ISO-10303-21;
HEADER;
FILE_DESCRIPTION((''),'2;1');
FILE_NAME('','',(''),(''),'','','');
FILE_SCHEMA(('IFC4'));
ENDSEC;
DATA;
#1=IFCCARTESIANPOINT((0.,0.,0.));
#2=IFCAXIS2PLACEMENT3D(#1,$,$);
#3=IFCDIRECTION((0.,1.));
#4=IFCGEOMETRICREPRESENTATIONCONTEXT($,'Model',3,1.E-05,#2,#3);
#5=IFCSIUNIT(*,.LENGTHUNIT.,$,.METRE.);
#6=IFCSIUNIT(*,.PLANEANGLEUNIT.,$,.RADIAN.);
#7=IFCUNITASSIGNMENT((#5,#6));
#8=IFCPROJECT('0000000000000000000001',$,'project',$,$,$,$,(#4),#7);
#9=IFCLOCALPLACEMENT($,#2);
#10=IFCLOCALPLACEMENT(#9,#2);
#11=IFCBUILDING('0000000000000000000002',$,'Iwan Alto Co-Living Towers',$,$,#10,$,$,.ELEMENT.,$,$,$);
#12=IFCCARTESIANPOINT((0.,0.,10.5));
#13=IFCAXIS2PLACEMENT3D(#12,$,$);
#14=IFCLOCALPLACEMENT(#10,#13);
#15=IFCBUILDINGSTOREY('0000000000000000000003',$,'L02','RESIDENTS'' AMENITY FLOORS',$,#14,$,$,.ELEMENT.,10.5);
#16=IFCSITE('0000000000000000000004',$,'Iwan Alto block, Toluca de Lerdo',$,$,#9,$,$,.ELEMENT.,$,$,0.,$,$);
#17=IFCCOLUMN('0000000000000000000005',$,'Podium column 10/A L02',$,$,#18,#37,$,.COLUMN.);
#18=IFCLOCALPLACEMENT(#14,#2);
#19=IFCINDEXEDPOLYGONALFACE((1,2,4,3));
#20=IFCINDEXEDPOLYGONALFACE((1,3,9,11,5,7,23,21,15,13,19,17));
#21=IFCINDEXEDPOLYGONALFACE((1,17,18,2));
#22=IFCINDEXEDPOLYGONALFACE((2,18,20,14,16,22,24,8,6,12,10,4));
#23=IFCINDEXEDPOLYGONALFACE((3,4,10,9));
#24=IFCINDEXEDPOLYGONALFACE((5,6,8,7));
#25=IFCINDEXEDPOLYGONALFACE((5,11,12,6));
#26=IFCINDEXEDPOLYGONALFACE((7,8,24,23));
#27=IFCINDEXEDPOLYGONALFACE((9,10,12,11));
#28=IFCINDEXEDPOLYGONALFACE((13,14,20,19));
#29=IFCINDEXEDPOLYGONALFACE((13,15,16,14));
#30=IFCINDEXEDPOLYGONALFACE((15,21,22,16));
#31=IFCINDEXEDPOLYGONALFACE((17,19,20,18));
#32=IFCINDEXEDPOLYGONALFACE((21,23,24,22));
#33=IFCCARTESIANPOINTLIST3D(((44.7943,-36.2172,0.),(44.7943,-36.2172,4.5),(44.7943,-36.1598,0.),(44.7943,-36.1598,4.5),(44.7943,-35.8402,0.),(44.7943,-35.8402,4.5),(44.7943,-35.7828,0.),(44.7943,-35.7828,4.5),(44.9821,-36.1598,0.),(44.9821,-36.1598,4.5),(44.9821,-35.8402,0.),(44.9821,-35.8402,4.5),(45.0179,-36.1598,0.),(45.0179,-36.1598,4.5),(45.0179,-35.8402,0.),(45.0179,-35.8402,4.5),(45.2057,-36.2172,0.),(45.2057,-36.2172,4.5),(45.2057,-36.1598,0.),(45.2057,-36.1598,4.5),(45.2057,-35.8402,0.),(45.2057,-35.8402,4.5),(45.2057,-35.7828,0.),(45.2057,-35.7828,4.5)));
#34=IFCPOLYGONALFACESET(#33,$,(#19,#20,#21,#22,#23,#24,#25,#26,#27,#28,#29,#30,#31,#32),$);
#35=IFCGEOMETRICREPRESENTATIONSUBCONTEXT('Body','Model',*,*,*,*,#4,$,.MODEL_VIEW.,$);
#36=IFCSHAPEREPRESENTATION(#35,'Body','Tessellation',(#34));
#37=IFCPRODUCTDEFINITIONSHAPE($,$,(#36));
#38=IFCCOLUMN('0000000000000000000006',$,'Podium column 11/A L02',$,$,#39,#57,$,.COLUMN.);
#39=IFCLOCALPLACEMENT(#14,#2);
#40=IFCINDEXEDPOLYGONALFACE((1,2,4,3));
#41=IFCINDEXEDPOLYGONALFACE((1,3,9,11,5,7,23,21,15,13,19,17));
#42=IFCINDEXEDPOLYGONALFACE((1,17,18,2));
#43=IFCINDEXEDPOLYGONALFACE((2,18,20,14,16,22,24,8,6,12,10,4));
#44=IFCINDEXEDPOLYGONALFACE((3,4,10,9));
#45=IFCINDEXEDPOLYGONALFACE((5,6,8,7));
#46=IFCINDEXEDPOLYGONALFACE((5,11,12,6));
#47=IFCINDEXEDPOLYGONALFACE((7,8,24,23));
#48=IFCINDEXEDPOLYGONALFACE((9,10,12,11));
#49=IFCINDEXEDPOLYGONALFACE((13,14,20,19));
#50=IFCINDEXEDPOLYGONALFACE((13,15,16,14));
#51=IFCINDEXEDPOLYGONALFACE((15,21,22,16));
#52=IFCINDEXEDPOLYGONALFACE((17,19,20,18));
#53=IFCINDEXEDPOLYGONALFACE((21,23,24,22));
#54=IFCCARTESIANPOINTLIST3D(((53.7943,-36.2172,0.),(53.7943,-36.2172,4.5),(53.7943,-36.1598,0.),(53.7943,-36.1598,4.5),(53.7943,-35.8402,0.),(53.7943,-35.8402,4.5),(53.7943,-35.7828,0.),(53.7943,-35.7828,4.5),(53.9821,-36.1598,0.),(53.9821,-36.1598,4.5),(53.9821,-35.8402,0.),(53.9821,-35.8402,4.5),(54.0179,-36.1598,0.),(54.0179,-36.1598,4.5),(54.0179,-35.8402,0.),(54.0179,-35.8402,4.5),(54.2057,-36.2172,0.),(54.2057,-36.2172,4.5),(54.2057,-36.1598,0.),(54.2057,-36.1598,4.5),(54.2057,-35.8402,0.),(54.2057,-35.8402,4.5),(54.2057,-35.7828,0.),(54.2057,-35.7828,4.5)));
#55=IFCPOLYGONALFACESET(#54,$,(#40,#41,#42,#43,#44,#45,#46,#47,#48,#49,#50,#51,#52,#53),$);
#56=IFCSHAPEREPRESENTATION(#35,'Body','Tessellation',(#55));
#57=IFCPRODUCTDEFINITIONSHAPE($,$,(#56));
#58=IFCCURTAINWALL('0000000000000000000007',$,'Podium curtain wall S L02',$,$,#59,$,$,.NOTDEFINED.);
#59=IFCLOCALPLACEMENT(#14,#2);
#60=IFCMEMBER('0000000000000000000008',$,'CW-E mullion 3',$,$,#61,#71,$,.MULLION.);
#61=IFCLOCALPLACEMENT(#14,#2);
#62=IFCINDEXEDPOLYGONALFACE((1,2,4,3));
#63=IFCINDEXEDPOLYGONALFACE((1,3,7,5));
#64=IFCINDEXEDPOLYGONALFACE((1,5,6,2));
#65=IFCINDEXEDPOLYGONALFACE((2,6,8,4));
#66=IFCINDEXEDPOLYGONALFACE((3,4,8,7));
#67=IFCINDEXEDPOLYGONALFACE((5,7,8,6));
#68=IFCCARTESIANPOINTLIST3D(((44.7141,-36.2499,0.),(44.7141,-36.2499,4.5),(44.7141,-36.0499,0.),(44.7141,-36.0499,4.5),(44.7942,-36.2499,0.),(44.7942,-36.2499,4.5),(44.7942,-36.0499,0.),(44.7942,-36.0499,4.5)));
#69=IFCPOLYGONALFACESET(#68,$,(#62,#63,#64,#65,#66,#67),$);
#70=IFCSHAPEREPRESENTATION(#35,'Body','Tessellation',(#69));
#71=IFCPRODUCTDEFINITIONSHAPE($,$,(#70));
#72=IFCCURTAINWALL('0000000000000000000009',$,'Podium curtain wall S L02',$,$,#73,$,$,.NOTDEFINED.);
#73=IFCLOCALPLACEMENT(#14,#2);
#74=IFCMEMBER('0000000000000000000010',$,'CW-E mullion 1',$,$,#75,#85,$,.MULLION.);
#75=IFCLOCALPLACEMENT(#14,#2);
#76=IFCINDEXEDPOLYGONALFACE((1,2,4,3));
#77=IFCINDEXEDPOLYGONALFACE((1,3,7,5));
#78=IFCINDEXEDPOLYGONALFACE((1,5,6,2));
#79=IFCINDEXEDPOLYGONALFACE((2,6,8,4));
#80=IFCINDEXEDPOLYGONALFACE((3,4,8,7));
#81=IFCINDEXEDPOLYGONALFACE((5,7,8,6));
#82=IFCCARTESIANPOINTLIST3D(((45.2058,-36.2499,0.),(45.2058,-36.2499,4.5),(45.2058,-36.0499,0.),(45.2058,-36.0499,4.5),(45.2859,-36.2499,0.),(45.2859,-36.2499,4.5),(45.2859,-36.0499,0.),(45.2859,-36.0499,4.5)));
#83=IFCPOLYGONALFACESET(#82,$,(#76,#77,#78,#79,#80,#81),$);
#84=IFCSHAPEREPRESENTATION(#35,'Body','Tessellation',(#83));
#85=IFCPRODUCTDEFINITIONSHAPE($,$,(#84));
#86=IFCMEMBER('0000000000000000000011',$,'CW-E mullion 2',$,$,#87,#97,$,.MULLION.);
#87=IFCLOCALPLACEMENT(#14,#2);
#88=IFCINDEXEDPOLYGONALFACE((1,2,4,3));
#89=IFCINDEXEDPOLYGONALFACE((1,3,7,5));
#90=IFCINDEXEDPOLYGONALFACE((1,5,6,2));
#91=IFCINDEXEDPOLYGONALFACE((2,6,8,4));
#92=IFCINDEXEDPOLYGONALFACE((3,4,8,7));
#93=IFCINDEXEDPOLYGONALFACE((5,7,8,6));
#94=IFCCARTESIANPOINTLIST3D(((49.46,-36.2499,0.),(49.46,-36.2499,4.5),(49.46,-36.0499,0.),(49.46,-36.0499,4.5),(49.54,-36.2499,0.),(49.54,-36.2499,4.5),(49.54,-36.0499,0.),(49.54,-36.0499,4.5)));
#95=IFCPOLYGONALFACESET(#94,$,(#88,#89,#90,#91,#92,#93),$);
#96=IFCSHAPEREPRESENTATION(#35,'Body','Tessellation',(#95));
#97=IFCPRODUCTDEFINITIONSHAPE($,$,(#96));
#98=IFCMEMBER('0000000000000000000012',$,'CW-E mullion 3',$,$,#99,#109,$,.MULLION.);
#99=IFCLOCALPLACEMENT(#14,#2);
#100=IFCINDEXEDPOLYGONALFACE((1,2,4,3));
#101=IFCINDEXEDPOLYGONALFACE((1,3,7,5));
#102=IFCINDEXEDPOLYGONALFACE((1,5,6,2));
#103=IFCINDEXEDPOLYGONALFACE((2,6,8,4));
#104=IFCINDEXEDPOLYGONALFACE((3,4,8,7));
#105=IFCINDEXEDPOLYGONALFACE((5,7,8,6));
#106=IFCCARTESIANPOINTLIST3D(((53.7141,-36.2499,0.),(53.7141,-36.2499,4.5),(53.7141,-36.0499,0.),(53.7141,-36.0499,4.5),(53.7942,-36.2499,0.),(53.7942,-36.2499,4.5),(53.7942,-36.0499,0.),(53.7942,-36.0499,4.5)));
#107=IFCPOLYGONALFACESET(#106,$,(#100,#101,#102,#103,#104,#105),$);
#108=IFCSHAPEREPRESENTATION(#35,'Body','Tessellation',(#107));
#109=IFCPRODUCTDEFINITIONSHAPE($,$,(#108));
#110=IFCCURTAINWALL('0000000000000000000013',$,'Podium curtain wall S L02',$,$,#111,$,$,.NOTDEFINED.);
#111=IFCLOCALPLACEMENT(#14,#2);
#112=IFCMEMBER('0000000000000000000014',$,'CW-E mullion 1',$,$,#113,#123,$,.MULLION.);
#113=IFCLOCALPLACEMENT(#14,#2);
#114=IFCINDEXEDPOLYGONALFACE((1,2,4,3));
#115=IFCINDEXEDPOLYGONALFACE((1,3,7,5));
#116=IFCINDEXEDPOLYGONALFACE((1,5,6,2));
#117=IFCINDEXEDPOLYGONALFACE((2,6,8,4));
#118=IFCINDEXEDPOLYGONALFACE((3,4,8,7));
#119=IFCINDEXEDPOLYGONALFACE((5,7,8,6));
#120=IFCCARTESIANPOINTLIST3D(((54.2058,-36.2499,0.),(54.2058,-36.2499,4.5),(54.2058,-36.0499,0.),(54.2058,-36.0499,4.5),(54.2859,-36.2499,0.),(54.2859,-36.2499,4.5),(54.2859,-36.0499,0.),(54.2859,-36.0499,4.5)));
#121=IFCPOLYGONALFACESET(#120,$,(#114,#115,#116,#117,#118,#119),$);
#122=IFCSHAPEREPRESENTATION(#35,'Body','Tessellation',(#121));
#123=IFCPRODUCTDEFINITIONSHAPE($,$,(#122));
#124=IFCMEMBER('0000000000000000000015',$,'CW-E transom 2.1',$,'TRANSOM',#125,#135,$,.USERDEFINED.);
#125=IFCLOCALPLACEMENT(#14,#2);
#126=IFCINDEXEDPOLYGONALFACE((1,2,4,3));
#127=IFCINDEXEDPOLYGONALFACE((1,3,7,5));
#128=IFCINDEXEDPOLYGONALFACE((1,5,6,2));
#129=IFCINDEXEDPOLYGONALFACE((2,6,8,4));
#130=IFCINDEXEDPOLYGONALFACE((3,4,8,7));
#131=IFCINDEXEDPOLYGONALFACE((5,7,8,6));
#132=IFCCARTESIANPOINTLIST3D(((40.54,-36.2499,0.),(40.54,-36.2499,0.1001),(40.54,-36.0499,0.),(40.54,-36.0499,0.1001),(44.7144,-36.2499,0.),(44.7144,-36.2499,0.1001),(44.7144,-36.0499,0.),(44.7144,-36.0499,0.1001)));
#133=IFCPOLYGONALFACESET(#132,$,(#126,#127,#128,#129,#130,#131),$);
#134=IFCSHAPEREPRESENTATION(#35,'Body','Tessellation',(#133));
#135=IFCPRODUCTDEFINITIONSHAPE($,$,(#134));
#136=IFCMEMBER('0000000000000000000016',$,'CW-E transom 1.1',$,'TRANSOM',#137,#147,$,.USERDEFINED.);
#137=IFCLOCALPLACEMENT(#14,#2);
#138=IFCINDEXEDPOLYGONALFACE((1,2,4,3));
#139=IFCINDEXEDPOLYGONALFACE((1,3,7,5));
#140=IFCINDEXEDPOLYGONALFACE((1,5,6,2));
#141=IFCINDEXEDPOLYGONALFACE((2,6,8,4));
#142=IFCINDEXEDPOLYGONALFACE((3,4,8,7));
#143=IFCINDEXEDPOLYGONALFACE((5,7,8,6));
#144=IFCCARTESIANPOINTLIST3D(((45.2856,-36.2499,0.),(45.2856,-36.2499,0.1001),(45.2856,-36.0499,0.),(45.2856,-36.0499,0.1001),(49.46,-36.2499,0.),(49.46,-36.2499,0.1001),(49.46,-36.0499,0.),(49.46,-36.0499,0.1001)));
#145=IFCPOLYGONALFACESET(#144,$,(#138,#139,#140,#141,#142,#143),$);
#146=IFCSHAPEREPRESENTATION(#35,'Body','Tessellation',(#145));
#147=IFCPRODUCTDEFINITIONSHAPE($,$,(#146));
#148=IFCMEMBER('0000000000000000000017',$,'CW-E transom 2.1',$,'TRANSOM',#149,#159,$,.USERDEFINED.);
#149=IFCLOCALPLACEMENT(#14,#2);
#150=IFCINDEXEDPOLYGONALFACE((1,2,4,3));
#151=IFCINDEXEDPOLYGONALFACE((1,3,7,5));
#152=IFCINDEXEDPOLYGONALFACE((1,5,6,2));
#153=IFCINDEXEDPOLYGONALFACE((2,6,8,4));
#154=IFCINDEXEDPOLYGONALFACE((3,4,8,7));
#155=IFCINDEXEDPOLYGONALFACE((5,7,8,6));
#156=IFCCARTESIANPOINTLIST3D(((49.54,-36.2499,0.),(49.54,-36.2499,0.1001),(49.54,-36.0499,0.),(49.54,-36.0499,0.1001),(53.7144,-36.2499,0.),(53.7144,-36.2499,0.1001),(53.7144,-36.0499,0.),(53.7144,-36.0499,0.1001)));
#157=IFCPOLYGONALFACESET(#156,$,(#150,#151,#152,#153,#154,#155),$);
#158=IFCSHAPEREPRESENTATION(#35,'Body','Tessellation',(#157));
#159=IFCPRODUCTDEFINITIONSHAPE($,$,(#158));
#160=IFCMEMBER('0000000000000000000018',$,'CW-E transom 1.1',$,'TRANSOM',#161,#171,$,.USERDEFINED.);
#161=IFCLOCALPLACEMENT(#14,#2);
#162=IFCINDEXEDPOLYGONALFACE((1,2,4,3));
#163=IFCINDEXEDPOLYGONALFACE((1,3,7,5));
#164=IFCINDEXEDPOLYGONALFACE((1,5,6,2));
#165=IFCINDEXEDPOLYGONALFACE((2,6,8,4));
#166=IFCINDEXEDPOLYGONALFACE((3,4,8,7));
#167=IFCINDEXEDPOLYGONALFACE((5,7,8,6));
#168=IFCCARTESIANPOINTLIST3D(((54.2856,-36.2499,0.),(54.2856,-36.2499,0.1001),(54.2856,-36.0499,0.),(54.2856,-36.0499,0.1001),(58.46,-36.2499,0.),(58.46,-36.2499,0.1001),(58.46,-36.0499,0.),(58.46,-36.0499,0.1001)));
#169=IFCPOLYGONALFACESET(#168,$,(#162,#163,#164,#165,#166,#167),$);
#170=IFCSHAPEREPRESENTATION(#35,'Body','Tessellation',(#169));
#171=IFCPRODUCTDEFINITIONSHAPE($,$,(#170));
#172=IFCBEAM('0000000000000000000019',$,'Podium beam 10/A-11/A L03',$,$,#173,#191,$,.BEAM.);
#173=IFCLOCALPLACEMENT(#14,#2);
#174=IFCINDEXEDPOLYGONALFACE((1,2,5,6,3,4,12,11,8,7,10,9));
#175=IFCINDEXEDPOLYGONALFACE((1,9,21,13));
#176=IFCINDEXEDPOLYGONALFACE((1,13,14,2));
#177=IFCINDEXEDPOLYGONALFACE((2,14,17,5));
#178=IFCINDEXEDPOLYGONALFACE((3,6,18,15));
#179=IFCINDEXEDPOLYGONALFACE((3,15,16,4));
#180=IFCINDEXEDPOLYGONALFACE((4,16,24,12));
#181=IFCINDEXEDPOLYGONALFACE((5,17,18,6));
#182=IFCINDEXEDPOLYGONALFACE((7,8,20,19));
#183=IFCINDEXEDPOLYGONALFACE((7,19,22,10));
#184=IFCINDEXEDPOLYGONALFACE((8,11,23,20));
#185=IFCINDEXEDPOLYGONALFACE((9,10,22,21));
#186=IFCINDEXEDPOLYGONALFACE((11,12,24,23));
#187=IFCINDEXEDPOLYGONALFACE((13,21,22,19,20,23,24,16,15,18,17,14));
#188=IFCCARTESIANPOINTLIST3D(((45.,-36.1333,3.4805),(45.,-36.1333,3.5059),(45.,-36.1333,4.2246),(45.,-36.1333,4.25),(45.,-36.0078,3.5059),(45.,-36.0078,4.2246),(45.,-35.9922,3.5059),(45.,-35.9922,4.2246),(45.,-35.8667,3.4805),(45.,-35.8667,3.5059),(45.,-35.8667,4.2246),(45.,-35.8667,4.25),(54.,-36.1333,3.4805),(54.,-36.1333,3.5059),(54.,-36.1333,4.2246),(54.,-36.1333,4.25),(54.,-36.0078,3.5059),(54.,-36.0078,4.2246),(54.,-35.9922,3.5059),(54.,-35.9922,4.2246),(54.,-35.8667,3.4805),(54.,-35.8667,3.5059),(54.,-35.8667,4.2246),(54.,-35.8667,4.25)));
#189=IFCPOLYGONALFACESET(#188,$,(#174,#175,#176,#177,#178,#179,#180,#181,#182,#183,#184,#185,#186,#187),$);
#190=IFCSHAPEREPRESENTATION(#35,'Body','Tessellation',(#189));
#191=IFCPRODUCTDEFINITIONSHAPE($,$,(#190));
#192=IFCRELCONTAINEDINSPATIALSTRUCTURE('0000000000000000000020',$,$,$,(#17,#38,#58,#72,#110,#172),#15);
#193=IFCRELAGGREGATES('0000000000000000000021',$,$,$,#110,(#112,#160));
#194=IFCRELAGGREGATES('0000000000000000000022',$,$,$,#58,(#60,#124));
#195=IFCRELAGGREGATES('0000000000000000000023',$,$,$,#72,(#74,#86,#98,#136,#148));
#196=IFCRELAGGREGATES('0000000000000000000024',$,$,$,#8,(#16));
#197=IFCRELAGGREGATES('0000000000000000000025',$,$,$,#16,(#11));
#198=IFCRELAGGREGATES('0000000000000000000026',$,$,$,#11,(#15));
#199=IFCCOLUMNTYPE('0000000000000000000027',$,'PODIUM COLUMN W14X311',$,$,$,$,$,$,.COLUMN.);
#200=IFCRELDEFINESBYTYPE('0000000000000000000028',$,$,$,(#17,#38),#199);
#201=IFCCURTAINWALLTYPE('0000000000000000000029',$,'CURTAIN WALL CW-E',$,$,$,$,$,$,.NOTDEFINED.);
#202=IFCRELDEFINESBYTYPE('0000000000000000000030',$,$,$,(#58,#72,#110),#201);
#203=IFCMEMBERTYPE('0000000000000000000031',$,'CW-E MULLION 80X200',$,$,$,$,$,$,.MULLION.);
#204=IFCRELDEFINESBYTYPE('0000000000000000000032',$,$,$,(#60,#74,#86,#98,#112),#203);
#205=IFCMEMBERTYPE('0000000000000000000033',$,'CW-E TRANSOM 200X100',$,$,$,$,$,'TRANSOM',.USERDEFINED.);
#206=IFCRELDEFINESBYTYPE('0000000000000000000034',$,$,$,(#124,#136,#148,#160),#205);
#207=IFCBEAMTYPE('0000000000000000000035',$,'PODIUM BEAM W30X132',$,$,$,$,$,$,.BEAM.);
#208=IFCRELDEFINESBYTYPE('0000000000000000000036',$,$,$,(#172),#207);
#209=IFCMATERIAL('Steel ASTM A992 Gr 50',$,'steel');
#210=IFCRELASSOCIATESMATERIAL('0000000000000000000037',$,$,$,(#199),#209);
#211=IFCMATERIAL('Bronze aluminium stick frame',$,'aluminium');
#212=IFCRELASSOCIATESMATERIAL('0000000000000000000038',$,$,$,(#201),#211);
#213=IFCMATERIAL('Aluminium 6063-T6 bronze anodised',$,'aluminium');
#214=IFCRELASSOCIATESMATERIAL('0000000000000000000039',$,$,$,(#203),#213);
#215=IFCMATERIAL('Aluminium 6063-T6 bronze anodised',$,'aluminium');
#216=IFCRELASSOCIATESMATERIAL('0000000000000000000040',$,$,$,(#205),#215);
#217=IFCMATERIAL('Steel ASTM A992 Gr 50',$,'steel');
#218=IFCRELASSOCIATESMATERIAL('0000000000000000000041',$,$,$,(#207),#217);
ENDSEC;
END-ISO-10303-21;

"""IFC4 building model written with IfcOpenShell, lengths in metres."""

from ifc_helpers import new_model, si_unit, direction, frame, origin, origin_2d, place, context, subcontext, project, spatial, rectangle, i_section, extrude, material, material_profile, profile_set, type_object, element, aggregate, save


model = new_model("IFC4")

# Units and contexts
model_context = context("Model", 3, precision=1e-05, world=origin(), true_north=direction((0.0, 1.0)))
body_context = subcontext(model_context, "Body", "Model", "MODEL_VIEW")
ifc_project = project(units=[si_unit("LENGTHUNIT", "METRE"), si_unit("PLANEANGLEUNIT", "RADIAN")], contexts=[model_context])

# Site, building, storey
site_placement = place(None, origin())
site = spatial("IfcSite", under=ifc_project, at=site_placement, Name="Iwan Alto block, Toluca de Lerdo", CompositionType="ELEMENT", RefElevation=0.0)
building_placement = place(site_placement, origin())
building = spatial("IfcBuilding", under=site, at=building_placement, Name="Iwan Alto Co-Living Towers", CompositionType="ELEMENT")
storey_placement = place(building_placement, frame((0.0, 0.0, 10.5)))
storey = spatial("IfcBuildingStorey", under=building, at=storey_placement, Name="L02", Description="RESIDENTS' AMENITY FLOORS", CompositionType="ELEMENT", Elevation=10.5)

# Columns
ifc_material_1 = material(Name="Steel ASTM A992 Gr 50", Category="steel")
ifc_material_profile_1 = material_profile(ifc_material_1, i_section(OverallWidth=0.4114, OverallDepth=0.4343, WebThickness=0.0359, FlangeThickness=0.0574, at=origin_2d()), Name="W14X311")
ifc_profile_set_1 = profile_set([ifc_material_profile_1], Name="Steel ASTM A992 Gr 50")
column_type = type_object("IfcColumnType", Name="PODIUM COLUMN W14X311", PredefinedType="COLUMN", material=ifc_profile_set_1)
for number, where, z_axis, x_axis, name in (
    (1, (45.0, -36.0, 0.0), (0.0, 0.0, 1.0), (1.0, 0.0, 0.0), "Podium column 10/A L02"),
    (2, (54.0, -36.0, 0.0), (0.0, 0.0, 1.0), (1.0, 0.0, 0.0), "Podium column 11/A L02"),
):
    element("IfcColumn", number, at=place(storey_placement, frame(where, z_axis=z_axis, x_axis=x_axis)), inside=storey, type_object=column_type, Name=name, PredefinedType="COLUMN", context=body_context, shape_type="SweptSolid", body=[
        extrude(i_section(OverallWidth=0.4114, OverallDepth=0.4343, WebThickness=0.0359, FlangeThickness=0.0574, at=origin_2d()), origin(), (0.0, 0.0, 1.0), 4.5),
    ])

# Curtain wall, member
ifc_material_2 = material(Name="Bronze aluminium stick frame", Category="aluminium")
curtain_wall_type = type_object("IfcCurtainWallType", Name="CURTAIN WALL CW-E", PredefinedType="NOTDEFINED", material=ifc_material_2)
curtain_wall_1_placement = place(storey_placement, origin())
curtain_wall_1 = element("IfcCurtainWall", 3, at=curtain_wall_1_placement, inside=storey, type_object=curtain_wall_type, Name="Podium curtain wall S L02", PredefinedType="NOTDEFINED")
ifc_material_3 = material(Name="Aluminium 6063-T6 bronze anodised", Category="aluminium")
ifc_material_profile_2 = material_profile(ifc_material_3, rectangle(XDim=0.2, YDim=0.0801, at=origin_2d()), Name="AL 80X200")
ifc_profile_set_2 = profile_set([ifc_material_profile_2], Name="Aluminium 6063-T6 bronze anodised")
member_type_1 = type_object("IfcMemberType", Name="CW-E MULLION 80X200", PredefinedType="MULLION", material=ifc_profile_set_2)
member_1_placement = place(storey_placement, frame((44.7542, -36.1499, 0.0), z_axis=(0.0, 0.0, 1.0), x_axis=(0.0, 1.0, 0.0)))
member_1 = element("IfcMember", 4, at=member_1_placement, type_object=member_type_1, Name="CW-E mullion 3", PredefinedType="MULLION", context=body_context, shape_type="SweptSolid", body=[
    extrude(rectangle(XDim=0.2, YDim=0.0801, at=origin_2d()), origin(), (0.0, 0.0, 1.0), 4.5),
])

# Curtain wall, members
curtain_wall_2_placement = place(storey_placement, origin())
curtain_wall_2 = element("IfcCurtainWall", 5, at=curtain_wall_2_placement, inside=storey, type_object=curtain_wall_type, Name="Podium curtain wall S L02", PredefinedType="NOTDEFINED")
member_2_placement = place(storey_placement, frame((45.2458, -36.1499, 0.0), z_axis=(0.0, 0.0, 1.0), x_axis=(0.0, 1.0, 0.0)))
member_2 = element("IfcMember", 6, at=member_2_placement, type_object=member_type_1, Name="CW-E mullion 1", PredefinedType="MULLION", context=body_context, shape_type="SweptSolid", body=[
    extrude(rectangle(XDim=0.2, YDim=0.0801, at=origin_2d()), origin(), (0.0, 0.0, 1.0), 4.5),
])
member_3_placement = place(storey_placement, frame((49.5, -36.1499, 0.0), z_axis=(0.0, 0.0, 1.0), x_axis=(0.0, 1.0, 0.0)))
member_3 = element("IfcMember", 7, at=member_3_placement, type_object=member_type_1, Name="CW-E mullion 2", PredefinedType="MULLION", context=body_context, shape_type="SweptSolid", body=[
    extrude(rectangle(XDim=0.2, YDim=0.0801, at=origin_2d()), origin(), (0.0, 0.0, 1.0), 4.5),
])
member_4_placement = place(storey_placement, frame((53.7542, -36.1499, 0.0), z_axis=(0.0, 0.0, 1.0), x_axis=(0.0, 1.0, 0.0)))
member_4 = element("IfcMember", 8, at=member_4_placement, type_object=member_type_1, Name="CW-E mullion 3", PredefinedType="MULLION", context=body_context, shape_type="SweptSolid", body=[
    extrude(rectangle(XDim=0.2, YDim=0.0801, at=origin_2d()), origin(), (0.0, 0.0, 1.0), 4.5),
])

# Curtain wall, member
curtain_wall_3_placement = place(storey_placement, origin())
curtain_wall_3 = element("IfcCurtainWall", 9, at=curtain_wall_3_placement, inside=storey, type_object=curtain_wall_type, Name="Podium curtain wall S L02", PredefinedType="NOTDEFINED")
member_5_placement = place(storey_placement, frame((54.2458, -36.1499, 0.0), z_axis=(0.0, 0.0, 1.0), x_axis=(0.0, 1.0, 0.0)))
member_5 = element("IfcMember", 10, at=member_5_placement, type_object=member_type_1, Name="CW-E mullion 1", PredefinedType="MULLION", context=body_context, shape_type="SweptSolid", body=[
    extrude(rectangle(XDim=0.2, YDim=0.0801, at=origin_2d()), origin(), (0.0, 0.0, 1.0), 4.5),
])

# Members
ifc_material_4 = material(Name="Aluminium 6063-T6 bronze anodised", Category="aluminium")
ifc_material_profile_3 = material_profile(ifc_material_4, rectangle(XDim=0.2, YDim=0.1001, at=origin_2d()), Name="AL 200X100")
ifc_profile_set_3 = profile_set([ifc_material_profile_3], Name="Aluminium 6063-T6 bronze anodised")
member_type_2 = type_object("IfcMemberType", Name="CW-E TRANSOM 200X100", ElementType="TRANSOM", PredefinedType="USERDEFINED", material=ifc_profile_set_3)
member_6_placement = place(storey_placement, frame((40.54, -36.1499, 0.05), z_axis=(1.0, 0.0, 0.0), x_axis=(0.0, 1.0, 0.0)))
member_6 = element("IfcMember", 11, at=member_6_placement, type_object=member_type_2, Name="CW-E transom 2.1", ObjectType="TRANSOM", PredefinedType="USERDEFINED", context=body_context, shape_type="SweptSolid", body=[
    extrude(rectangle(XDim=0.2, YDim=0.1001, at=origin_2d()), origin(), (0.0, 0.0, 1.0), 4.1743),
])
member_7_placement = place(storey_placement, frame((45.2856, -36.1499, 0.05), z_axis=(1.0, 0.0, 0.0), x_axis=(0.0, 1.0, 0.0)))
member_7 = element("IfcMember", 12, at=member_7_placement, type_object=member_type_2, Name="CW-E transom 1.1", ObjectType="TRANSOM", PredefinedType="USERDEFINED", context=body_context, shape_type="SweptSolid", body=[
    extrude(rectangle(XDim=0.2, YDim=0.1001, at=origin_2d()), origin(), (0.0, 0.0, 1.0), 4.1743),
])
member_8_placement = place(storey_placement, frame((49.54, -36.1499, 0.05), z_axis=(1.0, 0.0, 0.0), x_axis=(0.0, 1.0, 0.0)))
member_8 = element("IfcMember", 13, at=member_8_placement, type_object=member_type_2, Name="CW-E transom 2.1", ObjectType="TRANSOM", PredefinedType="USERDEFINED", context=body_context, shape_type="SweptSolid", body=[
    extrude(rectangle(XDim=0.2, YDim=0.1001, at=origin_2d()), origin(), (0.0, 0.0, 1.0), 4.1743),
])
member_9_placement = place(storey_placement, frame((54.2856, -36.1499, 0.05), z_axis=(1.0, 0.0, 0.0), x_axis=(0.0, 1.0, 0.0)))
member_9 = element("IfcMember", 14, at=member_9_placement, type_object=member_type_2, Name="CW-E transom 1.1", ObjectType="TRANSOM", PredefinedType="USERDEFINED", context=body_context, shape_type="SweptSolid", body=[
    extrude(rectangle(XDim=0.2, YDim=0.1001, at=origin_2d()), origin(), (0.0, 0.0, 1.0), 4.1743),
])
aggregate(curtain_wall_3, [member_5, member_9])

# Beam
ifc_material_5 = material(Name="Steel ASTM A992 Gr 50", Category="steel")
ifc_material_profile_4 = material_profile(ifc_material_5, i_section(OverallWidth=0.2666, OverallDepth=0.7695, WebThickness=0.0156, FlangeThickness=0.0254, at=origin_2d()), Name="W30X132")
ifc_profile_set_4 = profile_set([ifc_material_profile_4], Name="Steel ASTM A992 Gr 50")
beam_type_1 = type_object("IfcBeamType", Name="PODIUM BEAM W30X132", PredefinedType="BEAM", material=ifc_profile_set_4)
for number, where, z_axis, x_axis, name in (
    (15, (45.0, -36.0, 3.8652), (1.0, 0.0, 0.0), (0.0, 1.0, 0.0), "Podium beam 10/A-11/A L03"),
):
    element("IfcBeam", number, at=place(storey_placement, frame(where, z_axis=z_axis, x_axis=x_axis)), inside=storey, type_object=beam_type_1, Name=name, PredefinedType="BEAM", context=body_context, shape_type="SweptSolid", body=[
        extrude(i_section(OverallWidth=0.2666, OverallDepth=0.7695, WebThickness=0.0156, FlangeThickness=0.0254, at=origin_2d()), origin(), (0.0, 0.0, 1.0), 9.0),
    ])

aggregate(curtain_wall_1, [member_1, member_6])
aggregate(curtain_wall_2, [member_2, member_3, member_4, member_7, member_8])

save(model, "model.ifc")
